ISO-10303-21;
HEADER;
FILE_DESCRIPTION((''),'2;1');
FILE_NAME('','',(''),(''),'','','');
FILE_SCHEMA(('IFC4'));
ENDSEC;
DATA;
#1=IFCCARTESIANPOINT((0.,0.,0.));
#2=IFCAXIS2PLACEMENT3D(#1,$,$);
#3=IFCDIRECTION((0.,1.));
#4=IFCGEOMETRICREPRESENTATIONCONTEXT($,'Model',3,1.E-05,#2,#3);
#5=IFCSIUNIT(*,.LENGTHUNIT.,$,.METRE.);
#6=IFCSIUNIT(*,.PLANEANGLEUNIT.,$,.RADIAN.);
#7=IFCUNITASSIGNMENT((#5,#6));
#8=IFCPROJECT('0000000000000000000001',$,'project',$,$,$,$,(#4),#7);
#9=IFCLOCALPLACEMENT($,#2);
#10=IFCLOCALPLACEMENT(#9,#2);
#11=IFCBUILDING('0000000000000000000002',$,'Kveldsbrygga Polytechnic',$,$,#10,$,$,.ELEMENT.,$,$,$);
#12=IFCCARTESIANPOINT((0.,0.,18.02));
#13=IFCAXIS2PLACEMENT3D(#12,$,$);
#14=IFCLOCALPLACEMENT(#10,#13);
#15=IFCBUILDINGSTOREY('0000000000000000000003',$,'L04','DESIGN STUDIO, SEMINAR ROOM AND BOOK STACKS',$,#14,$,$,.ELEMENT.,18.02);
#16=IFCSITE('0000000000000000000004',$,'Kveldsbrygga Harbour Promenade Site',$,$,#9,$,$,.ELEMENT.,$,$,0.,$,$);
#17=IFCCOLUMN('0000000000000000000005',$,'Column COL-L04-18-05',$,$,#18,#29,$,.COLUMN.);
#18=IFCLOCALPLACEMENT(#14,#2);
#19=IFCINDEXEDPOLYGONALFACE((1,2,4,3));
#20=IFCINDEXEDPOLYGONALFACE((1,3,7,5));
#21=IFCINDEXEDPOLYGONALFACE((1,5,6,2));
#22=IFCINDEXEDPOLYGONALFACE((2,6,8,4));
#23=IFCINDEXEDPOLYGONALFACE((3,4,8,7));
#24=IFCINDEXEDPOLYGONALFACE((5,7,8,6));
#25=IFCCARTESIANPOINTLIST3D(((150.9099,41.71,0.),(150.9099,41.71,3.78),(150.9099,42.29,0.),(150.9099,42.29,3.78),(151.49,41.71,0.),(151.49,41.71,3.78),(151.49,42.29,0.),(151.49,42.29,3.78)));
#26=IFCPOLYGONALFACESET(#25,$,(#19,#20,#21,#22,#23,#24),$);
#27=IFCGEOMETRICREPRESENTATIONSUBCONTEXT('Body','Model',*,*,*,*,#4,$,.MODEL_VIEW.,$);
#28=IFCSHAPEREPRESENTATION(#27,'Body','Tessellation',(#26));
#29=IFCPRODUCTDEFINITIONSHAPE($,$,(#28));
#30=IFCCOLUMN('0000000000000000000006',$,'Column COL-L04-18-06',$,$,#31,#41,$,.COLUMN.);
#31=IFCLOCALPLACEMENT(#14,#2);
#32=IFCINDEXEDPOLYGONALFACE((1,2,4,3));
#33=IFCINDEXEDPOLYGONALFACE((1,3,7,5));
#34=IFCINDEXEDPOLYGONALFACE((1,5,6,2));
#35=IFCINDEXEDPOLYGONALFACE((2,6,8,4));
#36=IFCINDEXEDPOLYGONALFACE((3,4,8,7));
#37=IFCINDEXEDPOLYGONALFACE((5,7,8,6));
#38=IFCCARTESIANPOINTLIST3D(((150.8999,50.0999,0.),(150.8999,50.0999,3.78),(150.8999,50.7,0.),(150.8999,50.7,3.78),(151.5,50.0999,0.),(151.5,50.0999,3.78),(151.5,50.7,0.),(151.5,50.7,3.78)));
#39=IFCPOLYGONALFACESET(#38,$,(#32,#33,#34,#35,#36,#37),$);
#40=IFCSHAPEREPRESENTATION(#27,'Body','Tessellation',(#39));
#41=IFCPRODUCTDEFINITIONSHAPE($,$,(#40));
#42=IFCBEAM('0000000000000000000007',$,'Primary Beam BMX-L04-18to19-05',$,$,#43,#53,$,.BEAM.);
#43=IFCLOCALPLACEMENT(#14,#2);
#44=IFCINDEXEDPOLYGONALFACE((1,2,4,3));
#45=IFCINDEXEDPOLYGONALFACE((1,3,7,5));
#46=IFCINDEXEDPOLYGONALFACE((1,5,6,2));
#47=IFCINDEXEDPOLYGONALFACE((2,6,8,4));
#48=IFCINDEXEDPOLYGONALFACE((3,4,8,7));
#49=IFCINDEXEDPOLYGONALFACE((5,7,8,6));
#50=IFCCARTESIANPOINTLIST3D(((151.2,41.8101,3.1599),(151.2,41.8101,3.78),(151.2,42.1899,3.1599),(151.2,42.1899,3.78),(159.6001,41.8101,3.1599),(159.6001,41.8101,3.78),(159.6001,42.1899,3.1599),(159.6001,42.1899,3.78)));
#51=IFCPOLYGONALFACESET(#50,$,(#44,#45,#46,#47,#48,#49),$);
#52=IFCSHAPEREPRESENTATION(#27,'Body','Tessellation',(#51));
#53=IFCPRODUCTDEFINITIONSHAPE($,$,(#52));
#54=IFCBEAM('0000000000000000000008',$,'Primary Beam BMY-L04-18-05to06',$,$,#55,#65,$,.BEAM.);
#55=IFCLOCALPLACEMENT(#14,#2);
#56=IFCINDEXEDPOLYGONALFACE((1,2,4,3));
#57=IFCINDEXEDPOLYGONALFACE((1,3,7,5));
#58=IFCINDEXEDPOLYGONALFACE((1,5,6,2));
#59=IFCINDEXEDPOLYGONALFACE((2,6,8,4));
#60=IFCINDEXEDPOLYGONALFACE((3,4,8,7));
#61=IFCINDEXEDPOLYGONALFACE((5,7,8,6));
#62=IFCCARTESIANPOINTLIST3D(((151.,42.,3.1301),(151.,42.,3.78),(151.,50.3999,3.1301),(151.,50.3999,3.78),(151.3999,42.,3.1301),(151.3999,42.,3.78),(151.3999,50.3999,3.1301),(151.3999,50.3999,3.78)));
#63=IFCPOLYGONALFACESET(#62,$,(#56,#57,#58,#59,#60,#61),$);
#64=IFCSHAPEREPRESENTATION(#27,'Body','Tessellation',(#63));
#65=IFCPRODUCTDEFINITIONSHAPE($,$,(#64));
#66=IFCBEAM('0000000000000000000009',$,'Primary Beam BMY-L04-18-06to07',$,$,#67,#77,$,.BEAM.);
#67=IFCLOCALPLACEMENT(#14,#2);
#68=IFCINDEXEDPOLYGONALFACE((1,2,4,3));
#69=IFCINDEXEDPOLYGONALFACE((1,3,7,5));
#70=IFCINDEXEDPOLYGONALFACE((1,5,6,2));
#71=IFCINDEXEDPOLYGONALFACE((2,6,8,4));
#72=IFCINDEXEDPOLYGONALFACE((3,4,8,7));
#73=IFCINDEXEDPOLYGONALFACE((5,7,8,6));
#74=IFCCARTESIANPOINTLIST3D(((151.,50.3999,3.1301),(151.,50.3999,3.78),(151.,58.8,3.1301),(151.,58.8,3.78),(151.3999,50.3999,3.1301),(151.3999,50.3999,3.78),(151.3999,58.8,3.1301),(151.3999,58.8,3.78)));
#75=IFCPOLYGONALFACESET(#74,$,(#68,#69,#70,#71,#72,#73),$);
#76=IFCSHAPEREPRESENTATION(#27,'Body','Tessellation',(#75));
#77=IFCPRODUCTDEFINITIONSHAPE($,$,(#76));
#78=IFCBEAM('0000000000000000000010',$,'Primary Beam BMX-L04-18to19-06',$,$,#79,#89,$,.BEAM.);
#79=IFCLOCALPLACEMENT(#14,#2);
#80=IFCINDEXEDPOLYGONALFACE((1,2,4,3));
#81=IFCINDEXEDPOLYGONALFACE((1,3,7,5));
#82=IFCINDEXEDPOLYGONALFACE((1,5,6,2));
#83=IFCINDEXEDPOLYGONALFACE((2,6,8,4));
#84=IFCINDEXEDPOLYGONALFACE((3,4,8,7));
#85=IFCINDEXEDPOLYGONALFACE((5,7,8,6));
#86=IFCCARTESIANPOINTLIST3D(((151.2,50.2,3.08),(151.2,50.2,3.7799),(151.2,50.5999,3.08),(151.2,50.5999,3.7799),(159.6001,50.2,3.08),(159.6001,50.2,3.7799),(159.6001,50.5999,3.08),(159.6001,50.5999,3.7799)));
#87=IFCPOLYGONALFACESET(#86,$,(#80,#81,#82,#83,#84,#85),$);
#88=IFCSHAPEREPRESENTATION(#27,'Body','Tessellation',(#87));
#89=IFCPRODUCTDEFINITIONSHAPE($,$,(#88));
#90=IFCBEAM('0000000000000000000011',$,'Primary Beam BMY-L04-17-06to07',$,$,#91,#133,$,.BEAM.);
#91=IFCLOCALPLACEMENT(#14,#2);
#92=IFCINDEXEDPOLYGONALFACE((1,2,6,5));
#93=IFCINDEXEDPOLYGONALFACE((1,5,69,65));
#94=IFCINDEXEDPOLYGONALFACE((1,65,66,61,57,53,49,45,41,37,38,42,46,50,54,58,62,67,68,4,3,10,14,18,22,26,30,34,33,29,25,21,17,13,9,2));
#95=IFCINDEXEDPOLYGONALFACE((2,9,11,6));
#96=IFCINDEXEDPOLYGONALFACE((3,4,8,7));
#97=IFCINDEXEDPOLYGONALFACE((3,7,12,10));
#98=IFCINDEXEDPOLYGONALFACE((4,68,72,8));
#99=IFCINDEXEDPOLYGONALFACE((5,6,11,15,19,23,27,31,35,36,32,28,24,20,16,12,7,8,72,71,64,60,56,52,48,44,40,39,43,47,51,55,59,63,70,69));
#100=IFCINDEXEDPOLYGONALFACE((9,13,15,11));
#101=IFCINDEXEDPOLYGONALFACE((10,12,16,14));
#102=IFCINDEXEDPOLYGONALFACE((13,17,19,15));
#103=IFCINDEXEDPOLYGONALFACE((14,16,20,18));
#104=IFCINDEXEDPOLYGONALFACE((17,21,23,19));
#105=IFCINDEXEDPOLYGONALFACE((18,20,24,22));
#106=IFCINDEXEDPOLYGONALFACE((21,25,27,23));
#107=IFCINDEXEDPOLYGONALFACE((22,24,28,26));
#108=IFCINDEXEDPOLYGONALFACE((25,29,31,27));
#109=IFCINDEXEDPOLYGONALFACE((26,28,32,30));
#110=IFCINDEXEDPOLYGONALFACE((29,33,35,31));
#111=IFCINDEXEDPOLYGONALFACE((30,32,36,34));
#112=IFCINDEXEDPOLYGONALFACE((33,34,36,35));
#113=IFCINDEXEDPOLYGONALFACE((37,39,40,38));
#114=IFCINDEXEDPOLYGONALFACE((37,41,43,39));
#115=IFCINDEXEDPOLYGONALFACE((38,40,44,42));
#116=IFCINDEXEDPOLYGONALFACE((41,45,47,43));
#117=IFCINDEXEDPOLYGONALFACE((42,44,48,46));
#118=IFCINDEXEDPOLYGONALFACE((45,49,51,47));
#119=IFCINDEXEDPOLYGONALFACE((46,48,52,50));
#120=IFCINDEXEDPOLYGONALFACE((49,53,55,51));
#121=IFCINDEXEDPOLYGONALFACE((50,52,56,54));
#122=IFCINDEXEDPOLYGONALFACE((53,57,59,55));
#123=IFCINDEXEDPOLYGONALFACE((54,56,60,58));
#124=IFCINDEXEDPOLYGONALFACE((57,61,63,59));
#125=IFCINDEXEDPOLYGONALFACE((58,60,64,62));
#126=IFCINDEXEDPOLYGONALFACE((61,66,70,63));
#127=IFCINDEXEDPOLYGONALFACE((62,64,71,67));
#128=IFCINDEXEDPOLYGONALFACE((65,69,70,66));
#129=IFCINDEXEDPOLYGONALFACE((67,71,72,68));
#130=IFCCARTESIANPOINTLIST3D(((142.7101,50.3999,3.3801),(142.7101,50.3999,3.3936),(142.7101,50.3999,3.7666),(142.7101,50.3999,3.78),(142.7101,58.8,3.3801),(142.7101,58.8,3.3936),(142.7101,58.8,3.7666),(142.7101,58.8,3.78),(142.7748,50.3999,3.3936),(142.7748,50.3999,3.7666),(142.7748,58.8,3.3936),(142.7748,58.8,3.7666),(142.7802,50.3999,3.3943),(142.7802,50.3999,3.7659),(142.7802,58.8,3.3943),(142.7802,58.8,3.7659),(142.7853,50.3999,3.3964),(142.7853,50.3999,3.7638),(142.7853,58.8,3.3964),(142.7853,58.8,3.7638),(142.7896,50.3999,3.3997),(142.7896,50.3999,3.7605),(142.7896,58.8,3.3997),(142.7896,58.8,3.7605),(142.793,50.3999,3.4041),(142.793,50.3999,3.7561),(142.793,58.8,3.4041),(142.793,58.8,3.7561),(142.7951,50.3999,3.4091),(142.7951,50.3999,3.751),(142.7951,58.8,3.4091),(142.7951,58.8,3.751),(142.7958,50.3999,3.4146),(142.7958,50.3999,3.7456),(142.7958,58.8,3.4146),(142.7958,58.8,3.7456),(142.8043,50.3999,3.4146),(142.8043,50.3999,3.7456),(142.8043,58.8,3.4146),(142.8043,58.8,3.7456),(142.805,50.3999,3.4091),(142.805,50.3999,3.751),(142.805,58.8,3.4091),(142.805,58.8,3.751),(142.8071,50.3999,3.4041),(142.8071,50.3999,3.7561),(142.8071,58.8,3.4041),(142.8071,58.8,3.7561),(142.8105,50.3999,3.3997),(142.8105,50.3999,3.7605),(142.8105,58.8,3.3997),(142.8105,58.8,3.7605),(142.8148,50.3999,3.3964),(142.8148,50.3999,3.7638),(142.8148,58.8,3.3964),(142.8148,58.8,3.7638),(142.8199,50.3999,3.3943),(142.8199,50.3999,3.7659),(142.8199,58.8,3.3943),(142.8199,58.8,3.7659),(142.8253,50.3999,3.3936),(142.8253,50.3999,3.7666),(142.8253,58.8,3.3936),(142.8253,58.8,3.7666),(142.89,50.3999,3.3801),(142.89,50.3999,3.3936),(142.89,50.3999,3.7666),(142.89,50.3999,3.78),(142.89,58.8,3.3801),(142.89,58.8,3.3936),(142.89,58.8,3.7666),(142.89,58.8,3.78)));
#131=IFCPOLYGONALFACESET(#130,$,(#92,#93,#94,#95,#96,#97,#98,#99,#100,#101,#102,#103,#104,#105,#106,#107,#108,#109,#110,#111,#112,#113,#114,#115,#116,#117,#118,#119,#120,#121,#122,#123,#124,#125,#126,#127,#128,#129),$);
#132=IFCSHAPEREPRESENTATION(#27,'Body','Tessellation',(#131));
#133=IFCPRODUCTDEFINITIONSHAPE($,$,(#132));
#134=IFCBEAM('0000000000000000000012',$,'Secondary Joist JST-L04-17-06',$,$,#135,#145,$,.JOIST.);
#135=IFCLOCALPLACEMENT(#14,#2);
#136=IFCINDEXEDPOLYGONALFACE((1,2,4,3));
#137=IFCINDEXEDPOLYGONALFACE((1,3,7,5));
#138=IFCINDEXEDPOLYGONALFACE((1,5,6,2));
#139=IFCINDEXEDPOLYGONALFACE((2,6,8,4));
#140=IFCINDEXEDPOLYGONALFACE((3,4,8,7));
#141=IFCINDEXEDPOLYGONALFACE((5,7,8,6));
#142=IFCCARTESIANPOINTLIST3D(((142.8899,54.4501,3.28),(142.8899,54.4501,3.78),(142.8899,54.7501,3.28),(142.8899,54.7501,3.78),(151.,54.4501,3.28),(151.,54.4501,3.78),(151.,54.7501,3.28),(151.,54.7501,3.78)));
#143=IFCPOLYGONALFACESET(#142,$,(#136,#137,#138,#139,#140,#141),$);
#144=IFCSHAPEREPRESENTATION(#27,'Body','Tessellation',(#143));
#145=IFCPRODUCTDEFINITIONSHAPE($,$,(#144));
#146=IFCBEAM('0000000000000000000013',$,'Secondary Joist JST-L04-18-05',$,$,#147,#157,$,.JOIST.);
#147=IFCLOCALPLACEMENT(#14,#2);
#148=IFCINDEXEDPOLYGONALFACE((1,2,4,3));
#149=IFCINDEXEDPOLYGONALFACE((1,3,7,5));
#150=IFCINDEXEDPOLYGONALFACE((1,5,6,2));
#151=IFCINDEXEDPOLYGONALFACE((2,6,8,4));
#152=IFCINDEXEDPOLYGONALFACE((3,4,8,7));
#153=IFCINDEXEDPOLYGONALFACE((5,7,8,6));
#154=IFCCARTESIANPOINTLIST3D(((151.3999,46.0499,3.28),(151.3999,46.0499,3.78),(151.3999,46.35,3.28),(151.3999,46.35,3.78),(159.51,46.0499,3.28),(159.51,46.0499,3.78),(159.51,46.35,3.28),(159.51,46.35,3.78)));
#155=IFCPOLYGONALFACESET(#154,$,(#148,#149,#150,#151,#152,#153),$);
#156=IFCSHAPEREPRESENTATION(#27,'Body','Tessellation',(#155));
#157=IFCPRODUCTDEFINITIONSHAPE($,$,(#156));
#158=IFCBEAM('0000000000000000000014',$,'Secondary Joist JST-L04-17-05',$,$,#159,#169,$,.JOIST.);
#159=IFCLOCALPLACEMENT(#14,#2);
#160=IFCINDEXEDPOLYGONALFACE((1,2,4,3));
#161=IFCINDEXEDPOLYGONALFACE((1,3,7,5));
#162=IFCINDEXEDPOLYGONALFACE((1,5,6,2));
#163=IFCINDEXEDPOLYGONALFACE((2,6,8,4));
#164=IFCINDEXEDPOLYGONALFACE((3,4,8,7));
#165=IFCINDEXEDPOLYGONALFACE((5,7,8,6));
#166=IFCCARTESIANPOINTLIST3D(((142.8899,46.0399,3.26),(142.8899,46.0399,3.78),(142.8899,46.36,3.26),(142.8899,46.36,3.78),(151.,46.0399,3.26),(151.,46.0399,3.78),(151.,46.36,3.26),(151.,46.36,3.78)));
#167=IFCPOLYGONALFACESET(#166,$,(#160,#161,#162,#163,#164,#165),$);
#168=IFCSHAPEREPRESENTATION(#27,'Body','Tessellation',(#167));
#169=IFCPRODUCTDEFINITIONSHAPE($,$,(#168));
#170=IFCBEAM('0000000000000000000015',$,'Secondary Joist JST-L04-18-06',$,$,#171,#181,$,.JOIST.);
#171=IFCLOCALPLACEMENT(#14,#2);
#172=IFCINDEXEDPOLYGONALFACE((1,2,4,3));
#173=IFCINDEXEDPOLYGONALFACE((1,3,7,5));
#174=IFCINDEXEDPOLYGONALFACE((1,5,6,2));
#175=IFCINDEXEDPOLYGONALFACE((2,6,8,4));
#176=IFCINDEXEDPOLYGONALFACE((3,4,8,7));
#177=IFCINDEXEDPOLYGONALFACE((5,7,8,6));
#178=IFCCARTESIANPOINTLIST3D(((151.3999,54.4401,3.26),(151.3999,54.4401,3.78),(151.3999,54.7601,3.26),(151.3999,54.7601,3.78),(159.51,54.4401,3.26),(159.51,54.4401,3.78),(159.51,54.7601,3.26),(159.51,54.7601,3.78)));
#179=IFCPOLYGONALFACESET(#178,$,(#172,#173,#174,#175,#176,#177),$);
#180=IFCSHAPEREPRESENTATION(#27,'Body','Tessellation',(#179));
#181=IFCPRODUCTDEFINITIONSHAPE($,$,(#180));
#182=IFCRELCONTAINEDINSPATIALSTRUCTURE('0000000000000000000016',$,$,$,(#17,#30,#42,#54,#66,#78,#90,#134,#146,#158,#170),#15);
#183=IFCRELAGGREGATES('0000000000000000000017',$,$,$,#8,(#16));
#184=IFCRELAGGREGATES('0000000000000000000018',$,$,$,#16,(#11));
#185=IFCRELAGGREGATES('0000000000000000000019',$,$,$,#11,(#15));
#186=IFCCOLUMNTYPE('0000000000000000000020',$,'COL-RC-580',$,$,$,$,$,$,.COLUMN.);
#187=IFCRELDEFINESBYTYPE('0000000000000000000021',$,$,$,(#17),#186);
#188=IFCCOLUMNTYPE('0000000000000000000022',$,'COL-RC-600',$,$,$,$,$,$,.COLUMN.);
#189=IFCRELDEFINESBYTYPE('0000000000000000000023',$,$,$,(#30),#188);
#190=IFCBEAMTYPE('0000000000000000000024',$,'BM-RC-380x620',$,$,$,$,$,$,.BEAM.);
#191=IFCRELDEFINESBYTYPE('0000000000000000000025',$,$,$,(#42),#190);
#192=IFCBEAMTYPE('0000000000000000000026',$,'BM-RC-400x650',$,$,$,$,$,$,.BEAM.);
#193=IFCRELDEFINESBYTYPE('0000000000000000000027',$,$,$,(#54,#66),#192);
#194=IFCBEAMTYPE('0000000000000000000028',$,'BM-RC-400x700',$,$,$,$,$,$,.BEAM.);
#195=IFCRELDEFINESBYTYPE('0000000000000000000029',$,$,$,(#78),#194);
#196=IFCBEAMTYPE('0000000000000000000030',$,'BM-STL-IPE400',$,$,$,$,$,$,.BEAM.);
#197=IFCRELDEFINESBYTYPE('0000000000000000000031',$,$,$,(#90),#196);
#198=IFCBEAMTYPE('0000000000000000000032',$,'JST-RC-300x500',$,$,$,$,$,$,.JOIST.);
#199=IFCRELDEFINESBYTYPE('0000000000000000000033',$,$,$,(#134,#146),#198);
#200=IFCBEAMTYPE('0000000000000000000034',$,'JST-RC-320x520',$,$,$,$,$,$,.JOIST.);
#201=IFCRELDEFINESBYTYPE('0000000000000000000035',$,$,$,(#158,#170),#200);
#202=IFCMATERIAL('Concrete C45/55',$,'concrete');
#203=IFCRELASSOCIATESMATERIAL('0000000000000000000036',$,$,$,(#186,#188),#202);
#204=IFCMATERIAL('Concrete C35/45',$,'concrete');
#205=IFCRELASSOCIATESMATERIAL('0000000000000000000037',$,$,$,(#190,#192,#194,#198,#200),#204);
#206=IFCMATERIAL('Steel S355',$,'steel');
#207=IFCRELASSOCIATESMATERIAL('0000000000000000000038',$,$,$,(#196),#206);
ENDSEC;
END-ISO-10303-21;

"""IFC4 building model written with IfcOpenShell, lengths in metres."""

from ifc_helpers import new_model, si_unit, direction, frame, origin, origin_2d, place, context, subcontext, project, spatial, rectangle, i_section, extrude, material, material_profile, profile_set, type_object, element, save


model = new_model("IFC4")

# Units and contexts
model_context = context("Model", 3, precision=1e-05, world=origin(), true_north=direction((0.0, 1.0)))
body_context = subcontext(model_context, "Body", "Model", "MODEL_VIEW")
ifc_project = project(units=[si_unit("LENGTHUNIT", "METRE"), si_unit("PLANEANGLEUNIT", "RADIAN")], contexts=[model_context])

# Site, building, storey
site_placement = place(None, origin())
site = spatial("IfcSite", under=ifc_project, at=site_placement, Name="Kveldsbrygga Harbour Promenade Site", CompositionType="ELEMENT", RefElevation=0.0)
building_placement = place(site_placement, origin())
building = spatial("IfcBuilding", under=site, at=building_placement, Name="Kveldsbrygga Polytechnic", CompositionType="ELEMENT")
storey_placement = place(building_placement, frame((0.0, 0.0, 18.02)))
storey = spatial("IfcBuildingStorey", under=building, at=storey_placement, Name="L04", Description="DESIGN STUDIO, SEMINAR ROOM AND BOOK STACKS", CompositionType="ELEMENT", Elevation=18.02)

# Columns
ifc_material_1 = material(Name="Concrete C45/55", Category="concrete")
ifc_material_profile_1 = material_profile(ifc_material_1, rectangle(XDim=0.5801, YDim=0.5801, at=origin_2d()), Name="RC 580x580")
ifc_profile_set_1 = profile_set([ifc_material_profile_1], Name="Concrete C45/55")
column_type_1 = type_object("IfcColumnType", Name="COL-RC-580", PredefinedType="COLUMN", material=ifc_profile_set_1)
column_1_placement = place(storey_placement, frame((151.2, 42.0, 0.0), z_axis=(0.0, 0.0, 1.0), x_axis=(1.0, 0.0, 0.0)))
element("IfcColumn", 1, at=column_1_placement, inside=storey, type_object=column_type_1, Name="Column COL-L04-18-05", PredefinedType="COLUMN", context=body_context, shape_type="SweptSolid", body=[
    extrude(rectangle(XDim=0.5801, YDim=0.5801, at=origin_2d()), origin(), (0.0, 0.0, 1.0), 3.78),
])
ifc_material_profile_2 = material_profile(ifc_material_1, rectangle(XDim=0.6001, YDim=0.6001, at=origin_2d()), Name="RC 600x600")
ifc_profile_set_2 = profile_set([ifc_material_profile_2], Name="Concrete C45/55")
column_type_2 = type_object("IfcColumnType", Name="COL-RC-600", PredefinedType="COLUMN", material=ifc_profile_set_2)
column_2_placement = place(storey_placement, frame((151.2, 50.3999, 0.0), z_axis=(0.0, 0.0, 1.0), x_axis=(1.0, 0.0, 0.0)))
element("IfcColumn", 2, at=column_2_placement, inside=storey, type_object=column_type_2, Name="Column COL-L04-18-06", PredefinedType="COLUMN", context=body_context, shape_type="SweptSolid", body=[
    extrude(rectangle(XDim=0.6001, YDim=0.6001, at=origin_2d()), origin(), (0.0, 0.0, 1.0), 3.78),
])

# Beams
ifc_material_2 = material(Name="Concrete C35/45", Category="concrete")
ifc_material_profile_3 = material_profile(ifc_material_2, rectangle(XDim=0.3799, YDim=0.6201, at=origin_2d()), Name="RC 380x620")
ifc_profile_set_3 = profile_set([ifc_material_profile_3], Name="Concrete C35/45")
beam_type_1 = type_object("IfcBeamType", Name="BM-RC-380x620", PredefinedType="BEAM", material=ifc_profile_set_3)
beam_1_placement = place(storey_placement, frame((151.2, 42.0, 3.47), z_axis=(1.0, 0.0, 0.0), x_axis=(0.0, 1.0, 0.0)))
element("IfcBeam", 3, at=beam_1_placement, inside=storey, type_object=beam_type_1, Name="Primary Beam BMX-L04-18to19-05", PredefinedType="BEAM", context=body_context, shape_type="SweptSolid", body=[
    extrude(rectangle(XDim=0.3799, YDim=0.6201, at=origin_2d()), origin(), (0.0, 0.0, 1.0), 8.4001),
])
ifc_material_profile_4 = material_profile(ifc_material_2, rectangle(XDim=0.3999, YDim=0.6499, at=origin_2d()), Name="RC 400x650")
ifc_profile_set_4 = profile_set([ifc_material_profile_4], Name="Concrete C35/45")
beam_type_2 = type_object("IfcBeamType", Name="BM-RC-400x650", PredefinedType="BEAM", material=ifc_profile_set_4)
beam_2_placement = place(storey_placement, frame((151.2, 42.0, 3.4551), z_axis=(0.0, 1.0, 0.0), x_axis=(-1.0, 0.0, 0.0)))
element("IfcBeam", 4, at=beam_2_placement, inside=storey, type_object=beam_type_2, Name="Primary Beam BMY-L04-18-05to06", PredefinedType="BEAM", context=body_context, shape_type="SweptSolid", body=[
    extrude(rectangle(XDim=0.3999, YDim=0.6499, at=origin_2d()), origin(), (0.0, 0.0, 1.0), 8.3999),
])
beam_3_placement = place(storey_placement, frame((151.2, 50.3999, 3.4551), z_axis=(0.0, 1.0, 0.0), x_axis=(-1.0, 0.0, 0.0)))
element("IfcBeam", 5, at=beam_3_placement, inside=storey, type_object=beam_type_2, Name="Primary Beam BMY-L04-18-06to07", PredefinedType="BEAM", context=body_context, shape_type="SweptSolid", body=[
    extrude(rectangle(XDim=0.3999, YDim=0.6499, at=origin_2d()), origin(), (0.0, 0.0, 1.0), 8.4001),
])
ifc_material_profile_5 = material_profile(ifc_material_2, rectangle(XDim=0.3999, YDim=0.7, at=origin_2d()), Name="RC 400x700")
ifc_profile_set_5 = profile_set([ifc_material_profile_5], Name="Concrete C35/45")
beam_type_3 = type_object("IfcBeamType", Name="BM-RC-400x700", PredefinedType="BEAM", material=ifc_profile_set_5)
beam_4_placement = place(storey_placement, frame((151.2, 50.3999, 3.4299), z_axis=(1.0, 0.0, 0.0), x_axis=(0.0, 1.0, 0.0)))
element("IfcBeam", 6, at=beam_4_placement, inside=storey, type_object=beam_type_3, Name="Primary Beam BMX-L04-18to19-06", PredefinedType="BEAM", context=body_context, shape_type="SweptSolid", body=[
    extrude(rectangle(XDim=0.3999, YDim=0.7, at=origin_2d()), origin(), (0.0, 0.0, 1.0), 8.4001),
])
ifc_material_3 = material(Name="Steel S355", Category="steel")
ifc_material_profile_6 = material_profile(ifc_material_3, i_section(OverallWidth=0.1799, OverallDepth=0.3999, WebThickness=0.0085, FlangeThickness=0.0134, FilletRadius=0.021, at=origin_2d()), Name="IPE 400")
ifc_profile_set_6 = profile_set([ifc_material_profile_6], Name="Steel S355")
beam_type_4 = type_object("IfcBeamType", Name="BM-STL-IPE400", PredefinedType="BEAM", material=ifc_profile_set_6)
beam_5_placement = place(storey_placement, frame((142.8, 50.3999, 3.5801), z_axis=(0.0, 1.0, 0.0), x_axis=(-1.0, 0.0, 0.0)))
element("IfcBeam", 7, at=beam_5_placement, inside=storey, type_object=beam_type_4, Name="Primary Beam BMY-L04-17-06to07", PredefinedType="BEAM", context=body_context, shape_type="SweptSolid", body=[
    extrude(i_section(OverallWidth=0.1799, OverallDepth=0.3999, WebThickness=0.0085, FlangeThickness=0.0134, FilletRadius=0.021, at=origin_2d()), origin(), (0.0, 0.0, 1.0), 8.4001),
])
ifc_material_profile_7 = material_profile(ifc_material_2, rectangle(XDim=0.3, YDim=0.5, at=origin_2d()), Name="RC 300x500")
ifc_profile_set_7 = profile_set([ifc_material_profile_7], Name="Concrete C35/45")
beam_type_5 = type_object("IfcBeamType", Name="JST-RC-300x500", PredefinedType="JOIST", material=ifc_profile_set_7)
for number, where, z_axis, x_axis, name in (
    (8, (142.8899, 54.6001, 3.53), (1.0, 0.0, 0.0), (0.0, 1.0, 0.0), "Secondary Joist JST-L04-17-06"),
    (9, (151.3999, 46.2, 3.53), (1.0, 0.0, 0.0), (0.0, 1.0, 0.0), "Secondary Joist JST-L04-18-05"),
):
    element("IfcBeam", number, at=place(storey_placement, frame(where, z_axis=z_axis, x_axis=x_axis)), inside=storey, type_object=beam_type_5, Name=name, PredefinedType="JOIST", context=body_context, shape_type="SweptSolid", body=[
        extrude(rectangle(XDim=0.3, YDim=0.5, at=origin_2d()), origin(), (0.0, 0.0, 1.0), 8.1101),
    ])
ifc_material_profile_8 = material_profile(ifc_material_2, rectangle(XDim=0.3201, YDim=0.52, at=origin_2d()), Name="RC 320x520")
ifc_profile_set_8 = profile_set([ifc_material_profile_8], Name="Concrete C35/45")
beam_type_6 = type_object("IfcBeamType", Name="JST-RC-320x520", PredefinedType="JOIST", material=ifc_profile_set_8)
for number, where, z_axis, x_axis, name in (
    (10, (142.8899, 46.2, 3.52), (1.0, 0.0, 0.0), (0.0, 1.0, 0.0), "Secondary Joist JST-L04-17-05"),
    (11, (151.3999, 54.6001, 3.52), (1.0, 0.0, 0.0), (0.0, 1.0, 0.0), "Secondary Joist JST-L04-18-06"),
):
    element("IfcBeam", number, at=place(storey_placement, frame(where, z_axis=z_axis, x_axis=x_axis)), inside=storey, type_object=beam_type_6, Name=name, PredefinedType="JOIST", context=body_context, shape_type="SweptSolid", body=[
        extrude(rectangle(XDim=0.3201, YDim=0.52, at=origin_2d()), origin(), (0.0, 0.0, 1.0), 8.1101),
    ])

save(model, "model.ifc")
